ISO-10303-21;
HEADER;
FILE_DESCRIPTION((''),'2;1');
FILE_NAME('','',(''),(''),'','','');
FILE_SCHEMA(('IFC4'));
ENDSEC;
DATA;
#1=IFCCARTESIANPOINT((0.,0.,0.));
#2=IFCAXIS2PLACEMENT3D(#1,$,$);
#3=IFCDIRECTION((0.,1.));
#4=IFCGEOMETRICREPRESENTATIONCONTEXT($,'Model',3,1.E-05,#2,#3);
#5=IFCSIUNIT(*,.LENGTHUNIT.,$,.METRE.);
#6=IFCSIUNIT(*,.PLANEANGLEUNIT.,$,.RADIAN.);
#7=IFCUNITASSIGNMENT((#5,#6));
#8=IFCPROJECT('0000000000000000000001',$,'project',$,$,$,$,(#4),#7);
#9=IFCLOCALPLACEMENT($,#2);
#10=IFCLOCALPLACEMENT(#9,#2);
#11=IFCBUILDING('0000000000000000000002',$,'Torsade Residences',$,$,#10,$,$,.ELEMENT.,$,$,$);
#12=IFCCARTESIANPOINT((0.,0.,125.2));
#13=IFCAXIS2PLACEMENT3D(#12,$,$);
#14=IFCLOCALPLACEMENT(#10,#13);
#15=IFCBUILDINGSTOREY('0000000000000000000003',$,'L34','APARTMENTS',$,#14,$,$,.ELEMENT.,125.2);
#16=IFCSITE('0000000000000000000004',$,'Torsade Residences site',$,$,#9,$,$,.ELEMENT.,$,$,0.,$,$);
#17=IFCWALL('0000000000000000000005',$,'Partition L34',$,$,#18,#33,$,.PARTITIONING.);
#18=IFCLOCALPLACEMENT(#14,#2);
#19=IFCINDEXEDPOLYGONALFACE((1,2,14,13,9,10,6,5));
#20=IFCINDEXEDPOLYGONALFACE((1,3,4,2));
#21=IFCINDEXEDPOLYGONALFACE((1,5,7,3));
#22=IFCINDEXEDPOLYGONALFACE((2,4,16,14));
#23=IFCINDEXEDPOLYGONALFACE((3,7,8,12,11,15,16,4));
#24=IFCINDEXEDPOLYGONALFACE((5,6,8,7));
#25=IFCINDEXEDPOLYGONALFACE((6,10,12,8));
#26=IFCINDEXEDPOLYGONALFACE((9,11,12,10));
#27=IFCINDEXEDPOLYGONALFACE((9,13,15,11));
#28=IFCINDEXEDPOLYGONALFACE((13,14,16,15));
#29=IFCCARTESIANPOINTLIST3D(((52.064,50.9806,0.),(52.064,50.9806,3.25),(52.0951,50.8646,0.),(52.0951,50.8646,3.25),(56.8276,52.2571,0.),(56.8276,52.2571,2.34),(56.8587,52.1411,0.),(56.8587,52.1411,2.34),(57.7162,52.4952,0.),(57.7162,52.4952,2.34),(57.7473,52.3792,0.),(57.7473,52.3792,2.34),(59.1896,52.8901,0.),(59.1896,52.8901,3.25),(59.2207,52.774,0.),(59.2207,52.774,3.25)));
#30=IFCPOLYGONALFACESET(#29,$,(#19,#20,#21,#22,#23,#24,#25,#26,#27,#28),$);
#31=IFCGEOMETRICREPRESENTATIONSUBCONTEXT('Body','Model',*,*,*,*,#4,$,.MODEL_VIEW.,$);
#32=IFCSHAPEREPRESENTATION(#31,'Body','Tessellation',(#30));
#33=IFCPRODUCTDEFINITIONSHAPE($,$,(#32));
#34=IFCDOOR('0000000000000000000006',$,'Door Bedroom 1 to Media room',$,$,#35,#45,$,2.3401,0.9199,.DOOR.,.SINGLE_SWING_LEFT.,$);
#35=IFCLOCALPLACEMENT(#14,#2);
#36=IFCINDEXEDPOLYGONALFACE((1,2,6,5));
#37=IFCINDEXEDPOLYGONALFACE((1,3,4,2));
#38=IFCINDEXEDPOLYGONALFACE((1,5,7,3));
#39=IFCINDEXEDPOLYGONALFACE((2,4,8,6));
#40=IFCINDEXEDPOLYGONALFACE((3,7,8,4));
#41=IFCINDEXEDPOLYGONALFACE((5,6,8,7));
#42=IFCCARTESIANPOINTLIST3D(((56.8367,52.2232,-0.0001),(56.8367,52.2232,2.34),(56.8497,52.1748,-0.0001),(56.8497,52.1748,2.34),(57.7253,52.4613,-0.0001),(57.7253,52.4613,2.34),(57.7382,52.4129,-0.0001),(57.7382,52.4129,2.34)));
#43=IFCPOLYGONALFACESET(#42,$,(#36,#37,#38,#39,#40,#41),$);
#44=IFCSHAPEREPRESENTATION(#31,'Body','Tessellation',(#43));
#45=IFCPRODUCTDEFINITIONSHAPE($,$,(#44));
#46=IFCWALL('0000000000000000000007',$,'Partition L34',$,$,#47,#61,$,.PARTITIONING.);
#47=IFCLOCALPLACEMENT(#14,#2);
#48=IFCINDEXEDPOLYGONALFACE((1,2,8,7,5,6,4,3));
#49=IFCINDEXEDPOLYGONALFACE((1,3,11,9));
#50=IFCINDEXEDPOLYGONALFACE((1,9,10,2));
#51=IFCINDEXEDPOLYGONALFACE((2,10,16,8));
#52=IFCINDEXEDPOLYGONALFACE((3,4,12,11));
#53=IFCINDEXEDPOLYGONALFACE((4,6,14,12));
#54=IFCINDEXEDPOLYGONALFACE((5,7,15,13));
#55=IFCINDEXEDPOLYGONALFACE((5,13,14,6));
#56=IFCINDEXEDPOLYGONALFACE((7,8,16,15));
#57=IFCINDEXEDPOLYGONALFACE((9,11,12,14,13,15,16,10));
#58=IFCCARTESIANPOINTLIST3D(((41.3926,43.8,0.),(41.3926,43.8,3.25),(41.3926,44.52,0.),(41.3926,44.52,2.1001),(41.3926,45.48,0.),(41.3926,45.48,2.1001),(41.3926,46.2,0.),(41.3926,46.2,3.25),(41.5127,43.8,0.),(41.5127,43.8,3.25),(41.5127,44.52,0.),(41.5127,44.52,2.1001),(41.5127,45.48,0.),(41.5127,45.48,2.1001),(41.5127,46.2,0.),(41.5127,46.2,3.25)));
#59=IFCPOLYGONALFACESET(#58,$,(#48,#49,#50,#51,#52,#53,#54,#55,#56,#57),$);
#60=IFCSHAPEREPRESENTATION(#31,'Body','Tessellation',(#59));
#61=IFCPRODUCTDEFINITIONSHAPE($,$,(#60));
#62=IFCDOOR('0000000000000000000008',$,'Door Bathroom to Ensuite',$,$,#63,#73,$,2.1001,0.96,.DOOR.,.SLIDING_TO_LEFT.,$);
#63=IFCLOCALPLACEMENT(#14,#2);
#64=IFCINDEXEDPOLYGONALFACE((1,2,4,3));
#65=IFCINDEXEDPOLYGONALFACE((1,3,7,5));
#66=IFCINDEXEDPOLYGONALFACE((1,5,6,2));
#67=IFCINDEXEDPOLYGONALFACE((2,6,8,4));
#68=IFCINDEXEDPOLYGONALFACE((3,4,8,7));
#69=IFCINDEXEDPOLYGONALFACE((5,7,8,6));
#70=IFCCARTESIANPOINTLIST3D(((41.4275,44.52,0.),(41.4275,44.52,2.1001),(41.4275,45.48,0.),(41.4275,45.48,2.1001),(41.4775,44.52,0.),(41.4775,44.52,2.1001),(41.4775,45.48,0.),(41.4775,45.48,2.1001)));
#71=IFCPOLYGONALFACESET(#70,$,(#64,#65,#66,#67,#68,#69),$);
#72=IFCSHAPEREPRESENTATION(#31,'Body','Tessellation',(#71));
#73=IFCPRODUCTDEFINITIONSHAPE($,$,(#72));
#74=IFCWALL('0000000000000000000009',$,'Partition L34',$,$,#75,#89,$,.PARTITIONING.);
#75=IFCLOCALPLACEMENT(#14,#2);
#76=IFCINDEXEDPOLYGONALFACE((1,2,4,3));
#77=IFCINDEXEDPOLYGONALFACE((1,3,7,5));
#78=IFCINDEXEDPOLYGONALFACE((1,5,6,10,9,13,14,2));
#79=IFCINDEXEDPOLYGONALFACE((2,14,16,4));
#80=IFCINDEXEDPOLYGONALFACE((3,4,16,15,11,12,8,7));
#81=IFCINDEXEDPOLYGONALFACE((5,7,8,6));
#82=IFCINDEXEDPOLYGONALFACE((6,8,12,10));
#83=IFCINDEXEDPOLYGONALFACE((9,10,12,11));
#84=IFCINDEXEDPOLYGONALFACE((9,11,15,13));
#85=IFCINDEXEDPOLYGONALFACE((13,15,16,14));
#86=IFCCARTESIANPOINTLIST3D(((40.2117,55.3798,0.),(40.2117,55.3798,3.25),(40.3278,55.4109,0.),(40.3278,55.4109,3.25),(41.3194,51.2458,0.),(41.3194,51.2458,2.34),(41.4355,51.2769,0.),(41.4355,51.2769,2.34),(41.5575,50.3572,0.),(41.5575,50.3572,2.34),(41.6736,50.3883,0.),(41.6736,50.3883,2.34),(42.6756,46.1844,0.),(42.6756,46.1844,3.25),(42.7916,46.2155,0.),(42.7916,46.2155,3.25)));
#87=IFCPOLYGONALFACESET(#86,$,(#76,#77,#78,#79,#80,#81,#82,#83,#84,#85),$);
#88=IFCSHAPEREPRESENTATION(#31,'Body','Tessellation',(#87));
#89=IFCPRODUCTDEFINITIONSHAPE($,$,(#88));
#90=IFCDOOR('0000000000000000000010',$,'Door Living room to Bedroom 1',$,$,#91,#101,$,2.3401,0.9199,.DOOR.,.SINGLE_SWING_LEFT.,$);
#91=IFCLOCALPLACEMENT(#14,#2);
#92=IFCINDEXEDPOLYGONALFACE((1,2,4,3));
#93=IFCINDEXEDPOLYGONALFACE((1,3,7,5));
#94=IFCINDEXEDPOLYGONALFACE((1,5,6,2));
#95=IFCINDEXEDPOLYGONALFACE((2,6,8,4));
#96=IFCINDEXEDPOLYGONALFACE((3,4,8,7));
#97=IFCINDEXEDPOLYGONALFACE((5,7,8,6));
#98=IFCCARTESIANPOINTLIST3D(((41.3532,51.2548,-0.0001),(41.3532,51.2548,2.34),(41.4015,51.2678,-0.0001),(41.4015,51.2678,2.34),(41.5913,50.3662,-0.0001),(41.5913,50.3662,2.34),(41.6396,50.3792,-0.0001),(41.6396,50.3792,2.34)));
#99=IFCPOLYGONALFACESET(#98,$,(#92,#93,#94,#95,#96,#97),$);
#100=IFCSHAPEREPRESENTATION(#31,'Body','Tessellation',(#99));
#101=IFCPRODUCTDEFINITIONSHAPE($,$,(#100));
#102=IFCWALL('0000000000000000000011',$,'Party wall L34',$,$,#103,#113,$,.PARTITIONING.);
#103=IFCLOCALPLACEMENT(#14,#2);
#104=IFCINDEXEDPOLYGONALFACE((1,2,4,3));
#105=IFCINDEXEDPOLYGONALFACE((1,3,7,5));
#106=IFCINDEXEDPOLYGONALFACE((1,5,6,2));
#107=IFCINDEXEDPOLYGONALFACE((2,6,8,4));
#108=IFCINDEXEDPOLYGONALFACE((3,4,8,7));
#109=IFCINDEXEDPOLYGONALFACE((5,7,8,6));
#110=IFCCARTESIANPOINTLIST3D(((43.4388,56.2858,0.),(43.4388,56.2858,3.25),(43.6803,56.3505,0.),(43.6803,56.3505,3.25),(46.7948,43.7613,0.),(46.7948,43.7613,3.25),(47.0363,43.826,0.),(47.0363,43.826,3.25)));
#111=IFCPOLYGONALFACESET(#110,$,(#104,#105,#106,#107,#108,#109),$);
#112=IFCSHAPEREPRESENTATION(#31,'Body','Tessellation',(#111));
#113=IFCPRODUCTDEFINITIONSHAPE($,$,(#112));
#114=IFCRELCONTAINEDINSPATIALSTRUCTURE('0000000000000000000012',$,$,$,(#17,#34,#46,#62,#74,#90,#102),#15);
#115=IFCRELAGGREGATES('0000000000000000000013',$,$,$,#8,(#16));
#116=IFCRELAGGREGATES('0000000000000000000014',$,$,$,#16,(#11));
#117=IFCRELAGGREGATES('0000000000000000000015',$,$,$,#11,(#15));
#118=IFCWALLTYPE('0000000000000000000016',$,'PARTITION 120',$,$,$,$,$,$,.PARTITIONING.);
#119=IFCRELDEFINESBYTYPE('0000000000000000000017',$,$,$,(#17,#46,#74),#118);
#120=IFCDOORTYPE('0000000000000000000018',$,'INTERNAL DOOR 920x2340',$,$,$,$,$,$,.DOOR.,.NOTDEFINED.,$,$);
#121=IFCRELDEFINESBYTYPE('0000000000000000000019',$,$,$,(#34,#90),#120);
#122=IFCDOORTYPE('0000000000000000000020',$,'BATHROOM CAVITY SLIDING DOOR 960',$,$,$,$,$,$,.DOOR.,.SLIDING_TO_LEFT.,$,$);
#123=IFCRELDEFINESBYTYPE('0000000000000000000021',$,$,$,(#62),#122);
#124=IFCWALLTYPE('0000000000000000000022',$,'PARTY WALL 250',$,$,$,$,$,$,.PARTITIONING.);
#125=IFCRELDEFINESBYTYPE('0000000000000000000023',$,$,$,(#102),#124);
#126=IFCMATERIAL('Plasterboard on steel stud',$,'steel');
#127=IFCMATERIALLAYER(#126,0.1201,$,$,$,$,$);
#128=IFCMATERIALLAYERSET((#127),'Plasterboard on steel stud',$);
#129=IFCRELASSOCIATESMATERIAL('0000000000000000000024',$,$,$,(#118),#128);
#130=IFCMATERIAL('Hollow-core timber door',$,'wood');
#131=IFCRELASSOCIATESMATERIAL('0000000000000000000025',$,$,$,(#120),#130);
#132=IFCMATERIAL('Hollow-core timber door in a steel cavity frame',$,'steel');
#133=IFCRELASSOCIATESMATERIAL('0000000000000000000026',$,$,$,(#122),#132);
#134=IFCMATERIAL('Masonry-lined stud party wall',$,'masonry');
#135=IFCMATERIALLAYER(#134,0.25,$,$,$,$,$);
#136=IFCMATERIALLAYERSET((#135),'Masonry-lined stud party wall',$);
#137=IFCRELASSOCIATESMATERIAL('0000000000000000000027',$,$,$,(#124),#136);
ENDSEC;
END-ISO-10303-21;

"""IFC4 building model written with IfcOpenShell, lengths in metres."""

from ifc_helpers import new_model, si_unit, direction, frame, frame_2d, origin, place, context, subcontext, project, spatial, rectangle, extrude, material, layer, layer_set, type_object, element, fill, save


model = new_model("IFC4")

# Units and contexts
model_context = context("Model", 3, precision=1e-05, world=origin(), true_north=direction((0.0, 1.0)))
body_context = subcontext(model_context, "Body", "Model", "MODEL_VIEW")
ifc_project = project(units=[si_unit("LENGTHUNIT", "METRE"), si_unit("PLANEANGLEUNIT", "RADIAN")], contexts=[model_context])

# Site, building, storey
site_placement = place(None, origin())
site = spatial("IfcSite", under=ifc_project, at=site_placement, Name="Torsade Residences site", CompositionType="ELEMENT", RefElevation=0.0)
building_placement = place(site_placement, origin())
building = spatial("IfcBuilding", under=site, at=building_placement, Name="Torsade Residences", CompositionType="ELEMENT")
storey_placement = place(building_placement, frame((0.0, 0.0, 125.2)))
storey = spatial("IfcBuildingStorey", under=building, at=storey_placement, Name="L34", Description="APARTMENTS", CompositionType="ELEMENT", Elevation=125.2)

# Shared definitions
ifc_material_1 = material(Name="Plasterboard on steel stud", Category="steel")
ifc_layer_1 = layer(ifc_material_1, 0.1201)
ifc_layer_set_1 = layer_set([ifc_layer_1], Name="Plasterboard on steel stud")
wall_type_1 = type_object("IfcWallType", Name="PARTITION 120", PredefinedType="PARTITIONING", material=ifc_layer_set_1)
ifc_material_2 = material(Name="Hollow-core timber door", Category="wood")
door_type_1 = type_object("IfcDoorType", Name="INTERNAL DOOR 920x2340", OperationType="NOTDEFINED", PredefinedType="DOOR", material=ifc_material_2)

# Walls, openings, doors
wall_1_placement = place(storey_placement, frame((52.0796, 50.9226, 0.0), z_axis=(0.0, 0.0, 1.0), x_axis=(0.965921, 0.258839, 0.0)))
wall_1 = element("IfcWall", 1, at=wall_1_placement, inside=storey, type_object=wall_type_1, Name="Partition L34", PredefinedType="PARTITIONING", context=body_context, shape_type="SweptSolid", body=[
    extrude(rectangle(XDim=7.377, YDim=0.1201, at=frame_2d((3.6885, 0.0))), origin(), (0.0, 0.0, 1.0), 3.25),
])
opening_1_placement = place(wall_1_placement, frame((4.9316, 0.0, 0.0)))
opening_1 = element("IfcOpeningElement", 2, at=opening_1_placement, cuts=wall_1, PredefinedType="OPENING", context=body_context, shape_type="SweptSolid", body=[
    extrude(rectangle(XDim=0.9199, YDim=2.3401, at=frame_2d((0.46, 1.1699))), frame((0.0, 0.0701, 0.0), z_axis=(0.0, -1.0, 0.0), x_axis=(1.0, 0.0, 0.0)), (0.0, 0.0, 1.0), 0.1401),
])
door_1_placement = place(opening_1_placement, origin())
door_1 = element("IfcDoor", 3, at=door_1_placement, inside=storey, type_object=door_type_1, Name="Door Bedroom 1 to Media room", OperationType="SINGLE_SWING_LEFT", OverallHeight=2.3401, OverallWidth=0.9199, PredefinedType="DOOR", context=body_context, shape_type="SweptSolid", body=[
    extrude(rectangle(XDim=0.9199, YDim=2.3401, at=frame_2d((0.46, 1.1699))), frame((0.0, 0.0249, 0.0), z_axis=(0.0, -1.0, 0.0), x_axis=(1.0, 0.0, 0.0)), (0.0, 0.0, 1.0), 0.05),
])
fill(opening_1, door_1)
wall_2_placement = place(storey_placement, frame((41.4526, 46.2, 0.0), z_axis=(0.0, 0.0, 1.0), x_axis=(0.0, -1.0, 0.0)))
wall_2 = element("IfcWall", 4, at=wall_2_placement, inside=storey, type_object=wall_type_1, Name="Partition L34", PredefinedType="PARTITIONING", context=body_context, shape_type="SweptSolid", body=[
    extrude(rectangle(XDim=2.3999, YDim=0.1201, at=frame_2d((1.2, 0.0))), origin(), (0.0, 0.0, 1.0), 3.25),
])
opening_2_placement = place(wall_2_placement, frame((0.72, 0.0, 0.0)))
opening_2 = element("IfcOpeningElement", 5, at=opening_2_placement, cuts=wall_2, PredefinedType="OPENING", context=body_context, shape_type="SweptSolid", body=[
    extrude(rectangle(XDim=0.96, YDim=2.1001, at=frame_2d((0.48, 1.05))), frame((0.0, 0.0701, 0.0), z_axis=(0.0, -1.0, 0.0), x_axis=(1.0, 0.0, 0.0)), (0.0, 0.0, 1.0), 0.1401),
])
ifc_material_3 = material(Name="Hollow-core timber door in a steel cavity frame", Category="steel")
door_type_2 = type_object("IfcDoorType", Name="BATHROOM CAVITY SLIDING DOOR 960", OperationType="SLIDING_TO_LEFT", PredefinedType="DOOR", material=ifc_material_3)
door_2_placement = place(opening_2_placement, origin())
door_2 = element("IfcDoor", 6, at=door_2_placement, inside=storey, type_object=door_type_2, Name="Door Bathroom to Ensuite", OperationType="SLIDING_TO_LEFT", OverallHeight=2.1001, OverallWidth=0.96, PredefinedType="DOOR", context=body_context, shape_type="SweptSolid", body=[
    extrude(rectangle(XDim=0.96, YDim=2.1001, at=frame_2d((0.48, 1.05))), frame((0.0, 0.0249, 0.0), z_axis=(0.0, -1.0, 0.0), x_axis=(1.0, 0.0, 0.0)), (0.0, 0.0, 1.0), 0.05),
])
fill(opening_2, door_2)
wall_3_placement = place(storey_placement, frame((40.2698, 55.3953, 0.0), z_axis=(0.0, 0.0, 1.0), x_axis=(0.258818, -0.965926, 0.0)))
wall_3 = element("IfcWall", 7, at=wall_3_placement, inside=storey, type_object=wall_type_1, Name="Partition L34", PredefinedType="PARTITIONING", context=body_context, shape_type="SweptSolid", body=[
    extrude(rectangle(XDim=9.5198, YDim=0.1201, at=frame_2d((4.7598, 0.0))), origin(), (0.0, 0.0, 1.0), 3.25),
])
opening_3_placement = place(wall_3_placement, frame((4.2798, 0.0, 0.0)))
opening_3 = element("IfcOpeningElement", 8, at=opening_3_placement, cuts=wall_3, PredefinedType="OPENING", context=body_context, shape_type="SweptSolid", body=[
    extrude(rectangle(XDim=0.9199, YDim=2.3401, at=frame_2d((0.46, 1.1699))), frame((0.0, 0.0701, 0.0), z_axis=(0.0, -1.0, 0.0), x_axis=(1.0, 0.0, 0.0)), (0.0, 0.0, 1.0), 0.1401),
])
door_3_placement = place(opening_3_placement, origin())
door_3 = element("IfcDoor", 9, at=door_3_placement, inside=storey, type_object=door_type_1, Name="Door Living room to Bedroom 1", OperationType="SINGLE_SWING_LEFT", OverallHeight=2.3401, OverallWidth=0.9199, PredefinedType="DOOR", context=body_context, shape_type="SweptSolid", body=[
    extrude(rectangle(XDim=0.9199, YDim=2.3401, at=frame_2d((0.46, 1.1699))), frame((0.0, 0.0249, 0.0), z_axis=(0.0, -1.0, 0.0), x_axis=(1.0, 0.0, 0.0)), (0.0, 0.0, 1.0), 0.05),
])
fill(opening_3, door_3)

# Wall
ifc_material_4 = material(Name="Masonry-lined stud party wall", Category="masonry")
ifc_layer_2 = layer(ifc_material_4, 0.25)
ifc_layer_set_2 = layer_set([ifc_layer_2], Name="Masonry-lined stud party wall")
wall_type_2 = type_object("IfcWallType", Name="PARTY WALL 250", PredefinedType="PARTITIONING", material=ifc_layer_set_2)
wall_4_placement = place(storey_placement, frame((43.5596, 56.3181, 0.0), z_axis=(0.0, 0.0, 1.0), x_axis=(0.258823, -0.965925, 0.0)))
element("IfcWall", 10, at=wall_4_placement, inside=storey, type_object=wall_type_2, Name="Party wall L34", PredefinedType="PARTITIONING", context=body_context, shape_type="SweptSolid", body=[
    extrude(rectangle(XDim=12.9663, YDim=0.25, at=frame_2d((6.4832, 0.0))), origin(), (0.0, 0.0, 1.0), 3.25),
])

save(model, "model.ifc")
